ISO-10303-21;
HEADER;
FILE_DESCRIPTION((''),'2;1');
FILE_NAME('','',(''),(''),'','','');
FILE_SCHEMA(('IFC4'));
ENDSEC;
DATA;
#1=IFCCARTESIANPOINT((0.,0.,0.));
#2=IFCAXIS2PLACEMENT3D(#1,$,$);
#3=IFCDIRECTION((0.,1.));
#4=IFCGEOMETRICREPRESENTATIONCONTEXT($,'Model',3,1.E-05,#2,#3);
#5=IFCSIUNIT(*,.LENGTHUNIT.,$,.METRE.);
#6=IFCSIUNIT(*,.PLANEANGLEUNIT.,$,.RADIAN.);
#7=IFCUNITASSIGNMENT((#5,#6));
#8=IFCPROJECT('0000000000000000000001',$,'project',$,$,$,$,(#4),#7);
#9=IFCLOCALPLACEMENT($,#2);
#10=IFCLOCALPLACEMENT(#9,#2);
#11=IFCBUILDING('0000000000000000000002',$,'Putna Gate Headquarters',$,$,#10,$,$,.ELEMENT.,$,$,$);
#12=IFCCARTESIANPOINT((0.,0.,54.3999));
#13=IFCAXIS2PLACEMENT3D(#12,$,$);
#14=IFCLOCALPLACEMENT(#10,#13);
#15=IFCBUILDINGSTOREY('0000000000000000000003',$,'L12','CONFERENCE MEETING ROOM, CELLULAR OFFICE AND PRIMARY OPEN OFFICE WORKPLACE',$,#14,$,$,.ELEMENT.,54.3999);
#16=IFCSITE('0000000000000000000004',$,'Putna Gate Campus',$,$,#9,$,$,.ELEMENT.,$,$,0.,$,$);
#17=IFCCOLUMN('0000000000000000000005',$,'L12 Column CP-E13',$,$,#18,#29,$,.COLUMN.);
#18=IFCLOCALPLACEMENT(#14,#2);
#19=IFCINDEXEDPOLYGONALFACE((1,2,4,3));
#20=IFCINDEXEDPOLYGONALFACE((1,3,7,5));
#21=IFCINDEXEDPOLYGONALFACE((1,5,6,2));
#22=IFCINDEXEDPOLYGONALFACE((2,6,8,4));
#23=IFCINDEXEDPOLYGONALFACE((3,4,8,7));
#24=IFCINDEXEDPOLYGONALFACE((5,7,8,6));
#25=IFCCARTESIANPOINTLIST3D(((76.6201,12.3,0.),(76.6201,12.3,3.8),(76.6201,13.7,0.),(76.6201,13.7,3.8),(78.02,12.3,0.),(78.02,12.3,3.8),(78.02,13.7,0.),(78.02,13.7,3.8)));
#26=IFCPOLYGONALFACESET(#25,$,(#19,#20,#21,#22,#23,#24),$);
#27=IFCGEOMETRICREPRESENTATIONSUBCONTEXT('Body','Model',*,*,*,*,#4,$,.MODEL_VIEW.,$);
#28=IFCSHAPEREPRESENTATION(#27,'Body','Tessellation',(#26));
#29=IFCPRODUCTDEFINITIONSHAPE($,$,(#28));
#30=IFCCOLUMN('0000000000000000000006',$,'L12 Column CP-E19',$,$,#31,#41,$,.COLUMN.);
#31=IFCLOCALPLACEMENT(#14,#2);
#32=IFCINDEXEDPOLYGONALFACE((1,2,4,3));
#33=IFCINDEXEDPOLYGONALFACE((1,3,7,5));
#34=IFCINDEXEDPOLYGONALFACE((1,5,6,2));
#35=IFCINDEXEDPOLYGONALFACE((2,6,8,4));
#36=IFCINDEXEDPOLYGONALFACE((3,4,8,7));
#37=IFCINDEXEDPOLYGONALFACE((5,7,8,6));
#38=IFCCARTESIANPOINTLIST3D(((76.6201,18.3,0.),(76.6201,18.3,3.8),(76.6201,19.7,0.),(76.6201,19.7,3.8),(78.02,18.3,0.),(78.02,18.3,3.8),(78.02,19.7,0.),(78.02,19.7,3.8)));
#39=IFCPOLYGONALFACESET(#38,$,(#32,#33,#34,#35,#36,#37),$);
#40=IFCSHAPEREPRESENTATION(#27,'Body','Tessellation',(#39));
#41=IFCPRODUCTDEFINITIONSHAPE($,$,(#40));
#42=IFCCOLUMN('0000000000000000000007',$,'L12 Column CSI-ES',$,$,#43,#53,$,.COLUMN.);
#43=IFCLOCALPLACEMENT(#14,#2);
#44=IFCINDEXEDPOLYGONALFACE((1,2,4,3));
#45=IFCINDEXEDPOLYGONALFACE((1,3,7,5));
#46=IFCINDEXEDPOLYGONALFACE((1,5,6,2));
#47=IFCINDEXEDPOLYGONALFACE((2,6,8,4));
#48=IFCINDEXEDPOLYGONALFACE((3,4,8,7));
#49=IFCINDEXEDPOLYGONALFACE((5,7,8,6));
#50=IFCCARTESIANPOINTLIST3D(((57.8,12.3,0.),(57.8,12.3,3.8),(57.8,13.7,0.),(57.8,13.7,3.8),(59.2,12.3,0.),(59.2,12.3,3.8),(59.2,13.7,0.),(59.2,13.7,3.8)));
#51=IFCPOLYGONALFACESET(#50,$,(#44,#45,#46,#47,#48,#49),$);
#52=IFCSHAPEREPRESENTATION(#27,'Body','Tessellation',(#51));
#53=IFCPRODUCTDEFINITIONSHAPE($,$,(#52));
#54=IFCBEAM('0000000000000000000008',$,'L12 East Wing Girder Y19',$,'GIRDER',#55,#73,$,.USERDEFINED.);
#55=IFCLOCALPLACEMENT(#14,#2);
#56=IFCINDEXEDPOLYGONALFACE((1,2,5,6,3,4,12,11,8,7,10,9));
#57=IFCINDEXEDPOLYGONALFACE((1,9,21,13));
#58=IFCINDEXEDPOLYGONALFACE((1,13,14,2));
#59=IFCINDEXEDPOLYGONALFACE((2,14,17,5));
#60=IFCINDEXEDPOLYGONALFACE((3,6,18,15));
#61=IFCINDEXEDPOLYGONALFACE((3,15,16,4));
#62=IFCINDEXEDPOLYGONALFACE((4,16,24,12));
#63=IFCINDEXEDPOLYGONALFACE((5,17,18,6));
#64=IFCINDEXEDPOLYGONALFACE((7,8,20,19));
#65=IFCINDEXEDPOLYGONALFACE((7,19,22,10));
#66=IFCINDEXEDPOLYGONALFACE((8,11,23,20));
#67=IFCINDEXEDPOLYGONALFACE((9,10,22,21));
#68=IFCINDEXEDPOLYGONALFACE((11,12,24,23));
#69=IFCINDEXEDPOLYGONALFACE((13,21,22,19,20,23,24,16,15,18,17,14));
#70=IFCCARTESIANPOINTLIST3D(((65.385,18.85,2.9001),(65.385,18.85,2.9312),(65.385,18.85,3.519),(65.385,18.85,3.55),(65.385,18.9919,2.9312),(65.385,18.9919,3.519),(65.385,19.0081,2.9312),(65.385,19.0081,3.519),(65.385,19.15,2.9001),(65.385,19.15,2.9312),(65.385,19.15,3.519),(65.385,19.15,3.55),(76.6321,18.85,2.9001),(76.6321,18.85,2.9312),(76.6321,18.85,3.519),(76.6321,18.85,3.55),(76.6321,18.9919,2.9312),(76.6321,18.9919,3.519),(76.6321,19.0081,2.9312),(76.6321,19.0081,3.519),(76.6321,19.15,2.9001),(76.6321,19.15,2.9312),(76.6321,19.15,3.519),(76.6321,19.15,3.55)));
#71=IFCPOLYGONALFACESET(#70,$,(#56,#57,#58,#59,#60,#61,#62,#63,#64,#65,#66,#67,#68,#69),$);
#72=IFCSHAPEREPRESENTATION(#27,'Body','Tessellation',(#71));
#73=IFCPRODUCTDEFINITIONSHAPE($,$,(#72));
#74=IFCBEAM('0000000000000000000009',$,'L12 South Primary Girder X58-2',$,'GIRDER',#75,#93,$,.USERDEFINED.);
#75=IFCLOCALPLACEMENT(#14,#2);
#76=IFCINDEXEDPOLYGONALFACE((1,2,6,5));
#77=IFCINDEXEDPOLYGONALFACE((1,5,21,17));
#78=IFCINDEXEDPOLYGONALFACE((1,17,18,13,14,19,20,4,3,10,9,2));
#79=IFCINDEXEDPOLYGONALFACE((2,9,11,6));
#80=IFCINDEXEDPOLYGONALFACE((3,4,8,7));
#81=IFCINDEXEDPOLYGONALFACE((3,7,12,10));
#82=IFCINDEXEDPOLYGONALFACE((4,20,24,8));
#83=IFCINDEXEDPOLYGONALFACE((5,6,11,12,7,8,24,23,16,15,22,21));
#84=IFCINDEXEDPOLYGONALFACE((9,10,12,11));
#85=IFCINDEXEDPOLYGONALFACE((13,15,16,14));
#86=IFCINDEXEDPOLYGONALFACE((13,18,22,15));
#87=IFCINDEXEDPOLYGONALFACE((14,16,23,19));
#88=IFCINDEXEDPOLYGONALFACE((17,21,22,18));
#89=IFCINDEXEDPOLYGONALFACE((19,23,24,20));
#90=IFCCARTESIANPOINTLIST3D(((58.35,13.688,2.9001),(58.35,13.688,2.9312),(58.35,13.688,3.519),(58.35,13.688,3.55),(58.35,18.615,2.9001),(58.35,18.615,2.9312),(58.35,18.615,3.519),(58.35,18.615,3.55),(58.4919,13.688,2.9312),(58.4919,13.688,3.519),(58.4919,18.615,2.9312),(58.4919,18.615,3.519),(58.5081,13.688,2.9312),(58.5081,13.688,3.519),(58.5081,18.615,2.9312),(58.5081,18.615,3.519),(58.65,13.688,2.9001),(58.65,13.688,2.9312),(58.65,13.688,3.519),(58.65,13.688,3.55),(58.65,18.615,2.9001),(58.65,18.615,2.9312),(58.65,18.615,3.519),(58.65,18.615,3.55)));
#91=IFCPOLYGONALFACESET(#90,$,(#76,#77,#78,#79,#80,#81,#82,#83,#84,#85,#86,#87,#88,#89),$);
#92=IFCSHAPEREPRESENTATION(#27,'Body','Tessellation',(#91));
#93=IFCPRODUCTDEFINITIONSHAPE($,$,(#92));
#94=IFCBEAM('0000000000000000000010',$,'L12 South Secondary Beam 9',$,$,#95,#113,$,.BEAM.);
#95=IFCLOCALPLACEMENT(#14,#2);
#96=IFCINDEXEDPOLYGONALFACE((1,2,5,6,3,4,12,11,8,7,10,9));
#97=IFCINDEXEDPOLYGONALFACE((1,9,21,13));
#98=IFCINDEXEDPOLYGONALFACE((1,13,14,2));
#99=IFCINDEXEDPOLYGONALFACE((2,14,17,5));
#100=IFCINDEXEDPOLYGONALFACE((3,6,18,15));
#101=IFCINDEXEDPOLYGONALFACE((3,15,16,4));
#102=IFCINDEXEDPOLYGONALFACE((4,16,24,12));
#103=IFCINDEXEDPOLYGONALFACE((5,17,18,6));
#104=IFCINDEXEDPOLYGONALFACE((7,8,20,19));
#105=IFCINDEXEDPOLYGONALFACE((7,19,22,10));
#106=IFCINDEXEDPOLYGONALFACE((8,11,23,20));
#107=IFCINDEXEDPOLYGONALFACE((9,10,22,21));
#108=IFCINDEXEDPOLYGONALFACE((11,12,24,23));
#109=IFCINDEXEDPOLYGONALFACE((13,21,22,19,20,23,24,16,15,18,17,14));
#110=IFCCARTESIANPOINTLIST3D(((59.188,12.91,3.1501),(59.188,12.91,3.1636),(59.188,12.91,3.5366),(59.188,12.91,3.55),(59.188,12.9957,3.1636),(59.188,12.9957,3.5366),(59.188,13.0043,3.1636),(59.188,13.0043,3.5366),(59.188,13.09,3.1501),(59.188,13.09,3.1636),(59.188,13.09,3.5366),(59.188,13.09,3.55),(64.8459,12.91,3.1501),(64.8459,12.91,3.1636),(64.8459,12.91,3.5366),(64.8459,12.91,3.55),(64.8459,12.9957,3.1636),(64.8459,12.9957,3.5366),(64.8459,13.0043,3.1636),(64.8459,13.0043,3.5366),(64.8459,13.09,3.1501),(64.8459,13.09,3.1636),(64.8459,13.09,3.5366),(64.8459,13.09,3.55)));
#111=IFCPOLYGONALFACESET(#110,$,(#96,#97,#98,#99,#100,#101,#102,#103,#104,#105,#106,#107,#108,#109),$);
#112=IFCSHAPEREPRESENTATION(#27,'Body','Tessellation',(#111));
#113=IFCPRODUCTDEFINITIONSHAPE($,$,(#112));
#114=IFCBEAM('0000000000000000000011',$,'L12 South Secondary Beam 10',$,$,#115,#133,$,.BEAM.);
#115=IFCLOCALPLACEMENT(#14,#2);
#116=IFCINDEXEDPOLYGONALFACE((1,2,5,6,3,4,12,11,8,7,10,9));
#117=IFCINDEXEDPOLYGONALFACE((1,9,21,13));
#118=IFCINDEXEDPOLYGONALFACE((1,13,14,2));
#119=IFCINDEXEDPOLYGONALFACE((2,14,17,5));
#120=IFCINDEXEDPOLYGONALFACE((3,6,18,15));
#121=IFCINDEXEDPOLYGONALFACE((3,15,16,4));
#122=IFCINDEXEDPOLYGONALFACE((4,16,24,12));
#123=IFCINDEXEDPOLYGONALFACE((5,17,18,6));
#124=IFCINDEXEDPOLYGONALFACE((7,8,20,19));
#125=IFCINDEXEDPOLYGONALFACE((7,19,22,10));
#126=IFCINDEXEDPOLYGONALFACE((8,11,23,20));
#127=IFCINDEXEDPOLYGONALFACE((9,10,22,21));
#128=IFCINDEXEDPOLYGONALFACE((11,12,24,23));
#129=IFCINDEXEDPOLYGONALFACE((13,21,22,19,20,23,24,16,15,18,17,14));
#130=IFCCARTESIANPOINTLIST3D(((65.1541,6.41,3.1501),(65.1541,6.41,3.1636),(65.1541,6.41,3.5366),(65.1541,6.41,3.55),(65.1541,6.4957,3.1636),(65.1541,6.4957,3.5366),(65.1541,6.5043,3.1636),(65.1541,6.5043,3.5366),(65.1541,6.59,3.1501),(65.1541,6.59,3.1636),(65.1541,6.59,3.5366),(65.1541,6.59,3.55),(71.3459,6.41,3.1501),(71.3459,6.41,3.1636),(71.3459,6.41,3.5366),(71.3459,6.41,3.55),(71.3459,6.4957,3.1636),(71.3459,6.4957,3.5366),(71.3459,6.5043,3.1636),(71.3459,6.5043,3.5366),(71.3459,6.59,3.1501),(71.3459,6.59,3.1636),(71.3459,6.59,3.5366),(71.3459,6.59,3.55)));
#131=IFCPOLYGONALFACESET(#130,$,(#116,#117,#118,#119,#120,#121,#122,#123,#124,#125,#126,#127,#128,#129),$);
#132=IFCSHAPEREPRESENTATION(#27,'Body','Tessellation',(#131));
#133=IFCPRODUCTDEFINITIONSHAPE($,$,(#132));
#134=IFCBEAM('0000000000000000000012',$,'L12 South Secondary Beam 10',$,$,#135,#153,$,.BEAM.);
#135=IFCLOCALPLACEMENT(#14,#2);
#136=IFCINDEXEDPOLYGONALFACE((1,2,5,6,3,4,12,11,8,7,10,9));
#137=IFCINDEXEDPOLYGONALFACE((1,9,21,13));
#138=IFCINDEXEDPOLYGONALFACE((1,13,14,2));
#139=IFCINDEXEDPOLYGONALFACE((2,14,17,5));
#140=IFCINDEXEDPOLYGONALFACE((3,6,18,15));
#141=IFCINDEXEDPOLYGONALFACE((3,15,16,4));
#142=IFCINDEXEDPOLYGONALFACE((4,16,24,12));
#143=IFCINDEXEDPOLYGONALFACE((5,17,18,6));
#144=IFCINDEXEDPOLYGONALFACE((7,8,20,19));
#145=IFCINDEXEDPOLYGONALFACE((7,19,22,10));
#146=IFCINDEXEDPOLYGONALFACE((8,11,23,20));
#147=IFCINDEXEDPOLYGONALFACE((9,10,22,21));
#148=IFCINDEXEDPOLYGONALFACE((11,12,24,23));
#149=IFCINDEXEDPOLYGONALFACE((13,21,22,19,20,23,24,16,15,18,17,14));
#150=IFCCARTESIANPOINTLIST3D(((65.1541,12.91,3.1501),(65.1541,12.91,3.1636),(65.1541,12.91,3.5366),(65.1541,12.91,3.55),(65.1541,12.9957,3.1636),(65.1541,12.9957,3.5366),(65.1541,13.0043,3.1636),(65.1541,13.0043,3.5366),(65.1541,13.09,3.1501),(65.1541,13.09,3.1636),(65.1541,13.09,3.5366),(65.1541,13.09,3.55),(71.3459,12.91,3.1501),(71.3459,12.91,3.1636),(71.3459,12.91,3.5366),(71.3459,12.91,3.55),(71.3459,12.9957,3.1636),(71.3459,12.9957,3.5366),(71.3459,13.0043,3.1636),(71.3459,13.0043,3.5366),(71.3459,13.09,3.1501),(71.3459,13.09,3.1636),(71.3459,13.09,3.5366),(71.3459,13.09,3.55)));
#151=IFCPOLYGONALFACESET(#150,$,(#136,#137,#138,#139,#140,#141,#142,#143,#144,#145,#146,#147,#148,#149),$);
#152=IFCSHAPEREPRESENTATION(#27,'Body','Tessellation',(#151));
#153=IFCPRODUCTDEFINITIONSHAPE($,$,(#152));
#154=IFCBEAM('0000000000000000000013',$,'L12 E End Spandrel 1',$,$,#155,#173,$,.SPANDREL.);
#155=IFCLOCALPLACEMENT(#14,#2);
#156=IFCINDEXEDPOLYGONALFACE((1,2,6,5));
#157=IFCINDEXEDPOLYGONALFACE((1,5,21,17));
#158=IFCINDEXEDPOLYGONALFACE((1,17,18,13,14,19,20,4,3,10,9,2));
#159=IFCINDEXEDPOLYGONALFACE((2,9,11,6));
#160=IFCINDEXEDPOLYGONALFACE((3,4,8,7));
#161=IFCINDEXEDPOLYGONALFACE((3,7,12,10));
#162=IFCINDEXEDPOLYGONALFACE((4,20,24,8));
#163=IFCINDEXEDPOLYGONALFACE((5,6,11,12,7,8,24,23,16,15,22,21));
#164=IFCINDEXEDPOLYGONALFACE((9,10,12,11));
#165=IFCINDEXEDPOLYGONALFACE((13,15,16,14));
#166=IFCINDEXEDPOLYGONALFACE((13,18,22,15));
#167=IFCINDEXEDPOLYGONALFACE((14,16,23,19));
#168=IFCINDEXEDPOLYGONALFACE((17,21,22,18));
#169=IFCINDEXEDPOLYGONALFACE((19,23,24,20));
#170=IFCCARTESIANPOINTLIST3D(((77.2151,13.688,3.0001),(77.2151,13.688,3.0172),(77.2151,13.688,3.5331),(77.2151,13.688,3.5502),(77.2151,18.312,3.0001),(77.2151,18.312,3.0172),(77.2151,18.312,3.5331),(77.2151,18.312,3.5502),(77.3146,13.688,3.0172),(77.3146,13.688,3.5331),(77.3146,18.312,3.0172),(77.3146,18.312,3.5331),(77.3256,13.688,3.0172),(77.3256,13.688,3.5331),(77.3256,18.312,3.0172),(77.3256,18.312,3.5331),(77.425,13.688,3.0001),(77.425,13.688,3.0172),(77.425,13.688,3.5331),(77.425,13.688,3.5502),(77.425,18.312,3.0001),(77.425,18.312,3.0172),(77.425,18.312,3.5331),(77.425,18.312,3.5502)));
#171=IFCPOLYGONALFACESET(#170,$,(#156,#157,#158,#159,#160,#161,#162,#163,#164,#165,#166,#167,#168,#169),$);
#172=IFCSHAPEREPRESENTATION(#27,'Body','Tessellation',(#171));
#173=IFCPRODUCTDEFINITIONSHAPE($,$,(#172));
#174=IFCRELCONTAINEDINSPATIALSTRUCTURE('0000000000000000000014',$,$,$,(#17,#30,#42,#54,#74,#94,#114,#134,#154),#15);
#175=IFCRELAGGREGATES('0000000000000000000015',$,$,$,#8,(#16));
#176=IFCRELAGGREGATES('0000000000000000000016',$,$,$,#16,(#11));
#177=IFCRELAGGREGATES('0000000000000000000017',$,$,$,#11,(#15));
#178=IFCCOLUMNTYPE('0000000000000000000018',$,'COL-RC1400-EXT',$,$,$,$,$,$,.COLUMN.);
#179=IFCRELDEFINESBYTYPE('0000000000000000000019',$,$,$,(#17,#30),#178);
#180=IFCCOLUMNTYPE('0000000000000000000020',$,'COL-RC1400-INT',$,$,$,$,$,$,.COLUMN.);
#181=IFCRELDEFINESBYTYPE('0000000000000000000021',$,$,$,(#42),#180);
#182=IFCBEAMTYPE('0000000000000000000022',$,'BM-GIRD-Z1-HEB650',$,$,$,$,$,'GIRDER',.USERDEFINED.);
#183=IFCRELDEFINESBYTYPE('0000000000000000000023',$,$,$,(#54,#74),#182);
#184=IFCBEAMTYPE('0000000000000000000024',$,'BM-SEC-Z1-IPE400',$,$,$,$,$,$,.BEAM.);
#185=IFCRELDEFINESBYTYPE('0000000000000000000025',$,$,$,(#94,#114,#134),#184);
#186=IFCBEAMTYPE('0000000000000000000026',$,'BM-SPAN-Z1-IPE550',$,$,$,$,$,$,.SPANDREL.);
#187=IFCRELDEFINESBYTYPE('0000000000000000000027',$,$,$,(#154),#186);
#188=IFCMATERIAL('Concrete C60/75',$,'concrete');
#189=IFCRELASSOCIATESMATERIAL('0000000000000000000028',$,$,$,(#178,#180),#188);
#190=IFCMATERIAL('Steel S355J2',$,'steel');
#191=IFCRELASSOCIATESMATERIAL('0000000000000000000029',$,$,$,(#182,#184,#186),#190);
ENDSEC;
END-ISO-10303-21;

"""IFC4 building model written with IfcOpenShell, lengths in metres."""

from ifc_helpers import new_model, si_unit, direction, frame, origin, origin_2d, place, context, subcontext, project, spatial, rectangle, i_section, extrude, material, material_profile, profile_set, type_object, element, save


model = new_model("IFC4")

# Units and contexts
model_context = context("Model", 3, precision=1e-05, world=origin(), true_north=direction((0.0, 1.0)))
body_context = subcontext(model_context, "Body", "Model", "MODEL_VIEW")
ifc_project = project(units=[si_unit("LENGTHUNIT", "METRE"), si_unit("PLANEANGLEUNIT", "RADIAN")], contexts=[model_context])

# Site, building, storey
site_placement = place(None, origin())
site = spatial("IfcSite", under=ifc_project, at=site_placement, Name="Putna Gate Campus", CompositionType="ELEMENT", RefElevation=0.0)
building_placement = place(site_placement, origin())
building = spatial("IfcBuilding", under=site, at=building_placement, Name="Putna Gate Headquarters", CompositionType="ELEMENT")
storey_placement = place(building_placement, frame((0.0, 0.0, 54.3999)))
storey = spatial("IfcBuildingStorey", under=building, at=storey_placement, Name="L12", Description="CONFERENCE MEETING ROOM, CELLULAR OFFICE AND PRIMARY OPEN OFFICE WORKPLACE", CompositionType="ELEMENT", Elevation=54.3999)

# Columns
ifc_material_1 = material(Name="Concrete C60/75", Category="concrete")
ifc_material_profile_1 = material_profile(ifc_material_1, rectangle(XDim=1.3999, YDim=1.3999, at=origin_2d()), Name="Concrete C60/75")
ifc_profile_set_1 = profile_set([ifc_material_profile_1], Name="Concrete C60/75")
column_type_1 = type_object("IfcColumnType", Name="COL-RC1400-EXT", PredefinedType="COLUMN", material=ifc_profile_set_1)
for number, where, z_axis, x_axis, name in (
    (1, (77.3201, 13.0, 0.0), (0.0, 0.0, 1.0), (1.0, 0.0, 0.0), "L12 Column CP-E13"),
    (2, (77.3201, 19.0, 0.0), (0.0, 0.0, 1.0), (1.0, 0.0, 0.0), "L12 Column CP-E19"),
):
    element("IfcColumn", number, at=place(storey_placement, frame(where, z_axis=z_axis, x_axis=x_axis)), inside=storey, type_object=column_type_1, Name=name, PredefinedType="COLUMN", context=body_context, shape_type="SweptSolid", body=[
        extrude(rectangle(XDim=1.3999, YDim=1.3999, at=origin_2d()), origin(), (0.0, 0.0, 1.0), 3.8),
    ])
ifc_material_profile_2 = material_profile(ifc_material_1, rectangle(XDim=1.3999, YDim=1.3999, at=origin_2d()), Name="Concrete C60/75")
ifc_profile_set_2 = profile_set([ifc_material_profile_2], Name="Concrete C60/75")
column_type_2 = type_object("IfcColumnType", Name="COL-RC1400-INT", PredefinedType="COLUMN", material=ifc_profile_set_2)
column_placement = place(storey_placement, frame((58.5, 13.0, 0.0), z_axis=(0.0, 0.0, 1.0), x_axis=(1.0, 0.0, 0.0)))
element("IfcColumn", 3, at=column_placement, inside=storey, type_object=column_type_2, Name="L12 Column CSI-ES", PredefinedType="COLUMN", context=body_context, shape_type="SweptSolid", body=[
    extrude(rectangle(XDim=1.3999, YDim=1.3999, at=origin_2d()), origin(), (0.0, 0.0, 1.0), 3.8),
])

# Beams
ifc_material_2 = material(Name="Steel S355J2", Category="steel")
ifc_material_profile_3 = material_profile(ifc_material_2, i_section(OverallWidth=0.3, OverallDepth=0.6499, WebThickness=0.0161, FlangeThickness=0.031, at=origin_2d()), Name="Steel S355J2")
ifc_profile_set_3 = profile_set([ifc_material_profile_3], Name="Steel S355J2")
beam_type_1 = type_object("IfcBeamType", Name="BM-GIRD-Z1-HEB650", ElementType="GIRDER", PredefinedType="USERDEFINED", material=ifc_profile_set_3)
beam_1_placement = place(storey_placement, frame((65.385, 19.0, 3.2251), z_axis=(1.0, 0.0, 0.0), x_axis=(0.0, 1.0, 0.0)))
element("IfcBeam", 4, at=beam_1_placement, inside=storey, type_object=beam_type_1, Name="L12 East Wing Girder Y19", ObjectType="GIRDER", PredefinedType="USERDEFINED", context=body_context, shape_type="SweptSolid", body=[
    extrude(i_section(OverallWidth=0.3, OverallDepth=0.6499, WebThickness=0.0161, FlangeThickness=0.031, at=origin_2d()), origin(), (0.0, 0.0, 1.0), 11.2471),
])
beam_2_placement = place(storey_placement, frame((58.5, 13.688, 3.2251), z_axis=(0.0, 1.0, 0.0), x_axis=(-1.0, 0.0, 0.0)))
element("IfcBeam", 5, at=beam_2_placement, inside=storey, type_object=beam_type_1, Name="L12 South Primary Girder X58-2", ObjectType="GIRDER", PredefinedType="USERDEFINED", context=body_context, shape_type="SweptSolid", body=[
    extrude(i_section(OverallWidth=0.3, OverallDepth=0.6499, WebThickness=0.0161, FlangeThickness=0.031, at=origin_2d()), origin(), (0.0, 0.0, 1.0), 4.927),
])
ifc_material_profile_4 = material_profile(ifc_material_2, i_section(OverallWidth=0.1799, OverallDepth=0.3999, WebThickness=0.0085, FlangeThickness=0.0134, at=origin_2d()), Name="Steel S355J2")
ifc_profile_set_4 = profile_set([ifc_material_profile_4], Name="Steel S355J2")
beam_type_2 = type_object("IfcBeamType", Name="BM-SEC-Z1-IPE400", PredefinedType="BEAM", material=ifc_profile_set_4)
beam_3_placement = place(storey_placement, frame((59.188, 13.0, 3.3501), z_axis=(1.0, 0.0, 0.0), x_axis=(0.0, 1.0, 0.0)))
element("IfcBeam", 6, at=beam_3_placement, inside=storey, type_object=beam_type_2, Name="L12 South Secondary Beam 9", PredefinedType="BEAM", context=body_context, shape_type="SweptSolid", body=[
    extrude(i_section(OverallWidth=0.1799, OverallDepth=0.3999, WebThickness=0.0085, FlangeThickness=0.0134, at=origin_2d()), origin(), (0.0, 0.0, 1.0), 5.658),
])
for number, where, z_axis, x_axis, name in (
    (7, (65.1541, 6.5, 3.3501), (1.0, 0.0, 0.0), (0.0, 1.0, 0.0), "L12 South Secondary Beam 10"),
    (8, (65.1541, 13.0, 3.3501), (1.0, 0.0, 0.0), (0.0, 1.0, 0.0), "L12 South Secondary Beam 10"),
):
    element("IfcBeam", number, at=place(storey_placement, frame(where, z_axis=z_axis, x_axis=x_axis)), inside=storey, type_object=beam_type_2, Name=name, PredefinedType="BEAM", context=body_context, shape_type="SweptSolid", body=[
        extrude(i_section(OverallWidth=0.1799, OverallDepth=0.3999, WebThickness=0.0085, FlangeThickness=0.0134, at=origin_2d()), origin(), (0.0, 0.0, 1.0), 6.1919),
    ])
ifc_material_profile_5 = material_profile(ifc_material_2, i_section(OverallWidth=0.21, OverallDepth=0.55, WebThickness=0.011, FlangeThickness=0.0171, at=origin_2d()), Name="Steel S355J2")
ifc_profile_set_5 = profile_set([ifc_material_profile_5], Name="Steel S355J2")
beam_type_3 = type_object("IfcBeamType", Name="BM-SPAN-Z1-IPE550", PredefinedType="SPANDREL", material=ifc_profile_set_5)
beam_4_placement = place(storey_placement, frame((77.3201, 13.688, 3.2751), z_axis=(0.0, 1.0, 0.0), x_axis=(-1.0, 0.0, 0.0)))
element("IfcBeam", 9, at=beam_4_placement, inside=storey, type_object=beam_type_3, Name="L12 E End Spandrel 1", PredefinedType="SPANDREL", context=body_context, shape_type="SweptSolid", body=[
    extrude(i_section(OverallWidth=0.21, OverallDepth=0.55, WebThickness=0.011, FlangeThickness=0.0171, at=origin_2d()), origin(), (0.0, 0.0, 1.0), 4.624),
])

save(model, "model.ifc")
